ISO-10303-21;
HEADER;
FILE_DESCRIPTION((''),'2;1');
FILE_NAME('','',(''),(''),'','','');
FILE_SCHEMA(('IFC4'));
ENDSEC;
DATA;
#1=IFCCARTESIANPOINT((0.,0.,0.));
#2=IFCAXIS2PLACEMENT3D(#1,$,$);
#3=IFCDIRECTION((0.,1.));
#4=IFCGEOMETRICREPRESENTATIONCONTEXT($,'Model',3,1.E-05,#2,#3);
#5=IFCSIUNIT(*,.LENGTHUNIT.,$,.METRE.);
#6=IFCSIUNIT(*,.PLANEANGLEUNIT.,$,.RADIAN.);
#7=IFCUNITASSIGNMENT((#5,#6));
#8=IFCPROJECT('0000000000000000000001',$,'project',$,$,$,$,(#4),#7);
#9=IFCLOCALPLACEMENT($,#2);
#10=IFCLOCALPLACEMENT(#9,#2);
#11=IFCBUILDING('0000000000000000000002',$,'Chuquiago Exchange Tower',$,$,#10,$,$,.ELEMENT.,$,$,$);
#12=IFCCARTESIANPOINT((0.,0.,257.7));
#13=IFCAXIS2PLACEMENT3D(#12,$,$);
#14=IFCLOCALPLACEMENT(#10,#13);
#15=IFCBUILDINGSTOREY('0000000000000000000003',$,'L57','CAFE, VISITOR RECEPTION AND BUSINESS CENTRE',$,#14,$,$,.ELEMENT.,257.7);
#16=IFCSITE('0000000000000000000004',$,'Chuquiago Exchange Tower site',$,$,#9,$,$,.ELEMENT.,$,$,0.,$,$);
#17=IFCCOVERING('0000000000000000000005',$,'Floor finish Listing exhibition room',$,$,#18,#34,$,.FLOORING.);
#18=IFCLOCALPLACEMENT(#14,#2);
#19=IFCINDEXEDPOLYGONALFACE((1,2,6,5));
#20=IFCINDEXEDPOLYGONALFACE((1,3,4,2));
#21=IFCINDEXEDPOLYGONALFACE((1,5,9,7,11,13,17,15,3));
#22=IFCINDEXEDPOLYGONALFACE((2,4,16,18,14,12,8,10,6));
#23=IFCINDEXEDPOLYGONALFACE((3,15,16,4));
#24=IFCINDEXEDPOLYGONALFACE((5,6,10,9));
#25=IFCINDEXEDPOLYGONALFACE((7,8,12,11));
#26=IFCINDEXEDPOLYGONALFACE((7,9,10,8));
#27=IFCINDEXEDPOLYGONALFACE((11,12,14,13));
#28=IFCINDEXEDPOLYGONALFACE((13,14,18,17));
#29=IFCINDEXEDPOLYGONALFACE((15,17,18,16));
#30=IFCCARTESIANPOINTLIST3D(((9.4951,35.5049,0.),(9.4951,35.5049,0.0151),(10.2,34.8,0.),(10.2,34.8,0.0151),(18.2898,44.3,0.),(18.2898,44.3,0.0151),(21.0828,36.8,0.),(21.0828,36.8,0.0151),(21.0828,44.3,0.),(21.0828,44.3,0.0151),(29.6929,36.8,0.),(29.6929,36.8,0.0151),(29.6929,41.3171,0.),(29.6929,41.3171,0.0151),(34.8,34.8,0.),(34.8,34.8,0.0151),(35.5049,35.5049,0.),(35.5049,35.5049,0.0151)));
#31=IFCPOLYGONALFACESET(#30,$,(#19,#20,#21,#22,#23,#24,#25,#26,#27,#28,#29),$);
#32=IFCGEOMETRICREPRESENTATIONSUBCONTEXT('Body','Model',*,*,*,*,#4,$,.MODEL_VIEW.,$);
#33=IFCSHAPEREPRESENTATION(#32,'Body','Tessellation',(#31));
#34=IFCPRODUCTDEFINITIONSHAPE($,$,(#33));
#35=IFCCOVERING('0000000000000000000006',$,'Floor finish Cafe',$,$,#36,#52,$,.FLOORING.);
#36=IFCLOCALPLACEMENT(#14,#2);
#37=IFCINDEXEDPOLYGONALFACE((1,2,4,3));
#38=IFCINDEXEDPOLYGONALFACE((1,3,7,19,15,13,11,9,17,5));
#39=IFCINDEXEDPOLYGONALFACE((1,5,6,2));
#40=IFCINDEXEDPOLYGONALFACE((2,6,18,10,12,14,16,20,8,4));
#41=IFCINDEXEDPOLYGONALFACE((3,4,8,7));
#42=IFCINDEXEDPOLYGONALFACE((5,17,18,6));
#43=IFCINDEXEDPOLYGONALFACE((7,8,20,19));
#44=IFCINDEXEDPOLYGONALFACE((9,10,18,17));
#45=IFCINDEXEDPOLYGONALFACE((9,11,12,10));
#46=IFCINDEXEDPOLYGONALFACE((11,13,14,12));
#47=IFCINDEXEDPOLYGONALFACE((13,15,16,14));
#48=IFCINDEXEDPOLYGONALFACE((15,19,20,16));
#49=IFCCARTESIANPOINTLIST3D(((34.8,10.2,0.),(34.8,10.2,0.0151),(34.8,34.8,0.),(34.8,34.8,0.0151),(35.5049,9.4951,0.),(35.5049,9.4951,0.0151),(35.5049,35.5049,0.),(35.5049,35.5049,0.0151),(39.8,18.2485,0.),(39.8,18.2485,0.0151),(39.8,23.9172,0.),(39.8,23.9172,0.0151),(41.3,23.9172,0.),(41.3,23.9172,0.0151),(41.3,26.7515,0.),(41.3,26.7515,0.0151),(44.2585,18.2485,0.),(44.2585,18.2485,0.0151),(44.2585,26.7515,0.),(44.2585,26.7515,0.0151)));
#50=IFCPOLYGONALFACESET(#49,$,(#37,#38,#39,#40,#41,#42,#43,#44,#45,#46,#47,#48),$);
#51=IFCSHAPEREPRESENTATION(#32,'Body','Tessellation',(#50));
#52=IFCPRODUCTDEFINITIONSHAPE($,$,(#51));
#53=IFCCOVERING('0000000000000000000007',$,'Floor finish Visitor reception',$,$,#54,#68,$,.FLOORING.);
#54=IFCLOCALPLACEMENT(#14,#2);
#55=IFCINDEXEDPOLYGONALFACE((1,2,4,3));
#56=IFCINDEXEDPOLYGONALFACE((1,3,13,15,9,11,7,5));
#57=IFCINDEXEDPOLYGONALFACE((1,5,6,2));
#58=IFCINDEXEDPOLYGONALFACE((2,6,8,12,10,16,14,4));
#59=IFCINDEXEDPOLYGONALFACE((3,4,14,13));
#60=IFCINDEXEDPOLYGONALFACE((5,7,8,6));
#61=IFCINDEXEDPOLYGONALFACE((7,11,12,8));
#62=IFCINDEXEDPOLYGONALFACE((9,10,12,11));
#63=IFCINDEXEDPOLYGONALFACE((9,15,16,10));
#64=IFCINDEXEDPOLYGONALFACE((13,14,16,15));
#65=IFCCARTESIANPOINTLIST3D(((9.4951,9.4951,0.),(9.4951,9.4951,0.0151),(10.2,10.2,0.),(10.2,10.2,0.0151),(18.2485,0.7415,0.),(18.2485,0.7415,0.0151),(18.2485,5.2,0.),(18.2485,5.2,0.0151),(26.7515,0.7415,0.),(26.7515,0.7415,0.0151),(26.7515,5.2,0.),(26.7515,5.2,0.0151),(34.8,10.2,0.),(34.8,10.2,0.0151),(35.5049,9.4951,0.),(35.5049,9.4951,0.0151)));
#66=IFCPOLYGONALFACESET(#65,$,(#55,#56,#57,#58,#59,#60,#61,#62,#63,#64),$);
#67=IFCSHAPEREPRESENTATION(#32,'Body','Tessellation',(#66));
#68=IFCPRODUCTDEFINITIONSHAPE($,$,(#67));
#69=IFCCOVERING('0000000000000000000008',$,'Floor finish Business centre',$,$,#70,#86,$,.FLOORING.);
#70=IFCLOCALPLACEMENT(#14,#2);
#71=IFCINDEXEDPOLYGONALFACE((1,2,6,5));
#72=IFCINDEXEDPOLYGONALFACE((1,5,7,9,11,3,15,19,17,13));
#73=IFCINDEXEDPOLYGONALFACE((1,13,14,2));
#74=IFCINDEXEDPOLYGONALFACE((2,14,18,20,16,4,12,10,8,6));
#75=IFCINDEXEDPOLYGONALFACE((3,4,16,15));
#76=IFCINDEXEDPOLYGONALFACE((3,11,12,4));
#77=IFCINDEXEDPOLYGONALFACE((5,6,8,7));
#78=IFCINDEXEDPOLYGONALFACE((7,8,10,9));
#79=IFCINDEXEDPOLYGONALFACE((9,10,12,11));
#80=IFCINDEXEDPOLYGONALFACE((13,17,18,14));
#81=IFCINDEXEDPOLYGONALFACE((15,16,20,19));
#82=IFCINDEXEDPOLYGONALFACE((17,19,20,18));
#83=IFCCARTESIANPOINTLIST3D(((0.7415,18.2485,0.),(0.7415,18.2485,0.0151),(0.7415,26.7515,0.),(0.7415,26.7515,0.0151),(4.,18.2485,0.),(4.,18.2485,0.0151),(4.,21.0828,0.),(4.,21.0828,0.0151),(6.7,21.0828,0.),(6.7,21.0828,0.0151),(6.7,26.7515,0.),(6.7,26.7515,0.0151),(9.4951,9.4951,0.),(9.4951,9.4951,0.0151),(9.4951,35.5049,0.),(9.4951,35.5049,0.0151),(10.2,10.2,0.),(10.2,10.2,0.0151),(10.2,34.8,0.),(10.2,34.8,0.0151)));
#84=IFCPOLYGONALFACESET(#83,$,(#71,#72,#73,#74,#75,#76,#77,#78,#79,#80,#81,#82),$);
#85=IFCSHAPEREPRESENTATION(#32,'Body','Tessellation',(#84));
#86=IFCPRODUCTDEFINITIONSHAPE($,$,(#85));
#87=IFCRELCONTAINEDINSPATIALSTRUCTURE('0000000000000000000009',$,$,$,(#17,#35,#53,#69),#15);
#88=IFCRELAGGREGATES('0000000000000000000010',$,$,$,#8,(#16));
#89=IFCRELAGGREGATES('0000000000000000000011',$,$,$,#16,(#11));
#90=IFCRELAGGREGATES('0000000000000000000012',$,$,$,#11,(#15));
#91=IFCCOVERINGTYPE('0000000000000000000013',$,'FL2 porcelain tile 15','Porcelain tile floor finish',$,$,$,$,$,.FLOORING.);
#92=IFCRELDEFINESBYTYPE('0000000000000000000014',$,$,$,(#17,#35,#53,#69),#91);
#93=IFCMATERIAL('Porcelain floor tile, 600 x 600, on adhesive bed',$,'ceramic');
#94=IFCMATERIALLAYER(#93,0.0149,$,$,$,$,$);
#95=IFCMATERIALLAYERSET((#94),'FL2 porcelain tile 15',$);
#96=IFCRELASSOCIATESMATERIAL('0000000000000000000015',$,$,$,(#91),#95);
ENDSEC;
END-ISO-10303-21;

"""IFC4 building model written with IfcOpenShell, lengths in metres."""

from ifc_helpers import new_model, si_unit, direction, frame, origin, place, context, subcontext, project, spatial, polyline, outline, extrude, material, layer, layer_set, type_object, element, save


model = new_model("IFC4")

# Units and contexts
model_context = context("Model", 3, precision=1e-05, world=origin(), true_north=direction((0.0, 1.0)))
body_context = subcontext(model_context, "Body", "Model", "MODEL_VIEW")
ifc_project = project(units=[si_unit("LENGTHUNIT", "METRE"), si_unit("PLANEANGLEUNIT", "RADIAN")], contexts=[model_context])

# Site, building, storey
site_placement = place(None, origin())
site = spatial("IfcSite", under=ifc_project, at=site_placement, Name="Chuquiago Exchange Tower site", CompositionType="ELEMENT", RefElevation=0.0)
building_placement = place(site_placement, origin())
building = spatial("IfcBuilding", under=site, at=building_placement, Name="Chuquiago Exchange Tower", CompositionType="ELEMENT")
storey_placement = place(building_placement, frame((0.0, 0.0, 257.7)))
storey = spatial("IfcBuildingStorey", under=building, at=storey_placement, Name="L57", Description="CAFE, VISITOR RECEPTION AND BUSINESS CENTRE", CompositionType="ELEMENT", Elevation=257.7)

# Coverings
ifc_material_1 = material(Name="Porcelain floor tile, 600 x 600, on adhesive bed", Category="ceramic")
ifc_layer_1 = layer(ifc_material_1, 0.0149)
ifc_layer_set_1 = layer_set([ifc_layer_1], Name="FL2 porcelain tile 15")
covering_type = type_object("IfcCoveringType", Name="FL2 porcelain tile 15", Description="Porcelain tile floor finish", PredefinedType="FLOORING", material=ifc_layer_set_1)
covering_1_placement = place(storey_placement, origin())
element("IfcCovering", 1, at=covering_1_placement, inside=storey, type_object=covering_type, Name="Floor finish Listing exhibition room", PredefinedType="FLOORING", context=body_context, shape_type="SweptSolid", body=[
    extrude(outline(polyline([(21.0828, 36.8), (29.6929, 36.8), (29.6929, 41.3171), (35.5049, 35.5049), (34.8, 34.8), (10.2, 34.8), (9.4951, 35.5049), (18.2898, 44.3), (21.0828, 44.3), (21.0828, 36.8)])), origin(), (0.0, 0.0, 1.0), 0.0151),
])
covering_2_placement = place(storey_placement, origin())
element("IfcCovering", 2, at=covering_2_placement, inside=storey, type_object=covering_type, Name="Floor finish Cafe", PredefinedType="FLOORING", context=body_context, shape_type="SweptSolid", body=[
    extrude(outline(polyline([(44.2585, 26.7515), (41.3, 26.7515), (41.3, 23.9172), (39.8, 23.9172), (39.8, 18.2485), (44.2585, 18.2485), (35.5049, 9.4951), (34.8, 10.2), (34.8, 34.8), (35.5049, 35.5049), (44.2585, 26.7515)])), origin(), (0.0, 0.0, 1.0), 0.0151),
])
covering_3_placement = place(storey_placement, origin())
element("IfcCovering", 3, at=covering_3_placement, inside=storey, type_object=covering_type, Name="Floor finish Visitor reception", PredefinedType="FLOORING", context=body_context, shape_type="SweptSolid", body=[
    extrude(outline(polyline([(26.7515, 0.7415), (26.7515, 5.2), (18.2485, 5.2), (18.2485, 0.7415), (9.4951, 9.4951), (10.2, 10.2), (34.8, 10.2), (35.5049, 9.4951), (26.7515, 0.7415)])), origin(), (0.0, 0.0, 1.0), 0.0151),
])
covering_4_placement = place(storey_placement, origin())
element("IfcCovering", 4, at=covering_4_placement, inside=storey, type_object=covering_type, Name="Floor finish Business centre", PredefinedType="FLOORING", context=body_context, shape_type="SweptSolid", body=[
    extrude(outline(polyline([(0.7415, 18.2485), (4.0, 18.2485), (4.0, 21.0828), (6.7, 21.0828), (6.7, 26.7515), (0.7415, 26.7515), (9.4951, 35.5049), (10.2, 34.8), (10.2, 10.2), (9.4951, 9.4951), (0.7415, 18.2485)])), origin(), (0.0, 0.0, 1.0), 0.0151),
])

save(model, "model.ifc")
